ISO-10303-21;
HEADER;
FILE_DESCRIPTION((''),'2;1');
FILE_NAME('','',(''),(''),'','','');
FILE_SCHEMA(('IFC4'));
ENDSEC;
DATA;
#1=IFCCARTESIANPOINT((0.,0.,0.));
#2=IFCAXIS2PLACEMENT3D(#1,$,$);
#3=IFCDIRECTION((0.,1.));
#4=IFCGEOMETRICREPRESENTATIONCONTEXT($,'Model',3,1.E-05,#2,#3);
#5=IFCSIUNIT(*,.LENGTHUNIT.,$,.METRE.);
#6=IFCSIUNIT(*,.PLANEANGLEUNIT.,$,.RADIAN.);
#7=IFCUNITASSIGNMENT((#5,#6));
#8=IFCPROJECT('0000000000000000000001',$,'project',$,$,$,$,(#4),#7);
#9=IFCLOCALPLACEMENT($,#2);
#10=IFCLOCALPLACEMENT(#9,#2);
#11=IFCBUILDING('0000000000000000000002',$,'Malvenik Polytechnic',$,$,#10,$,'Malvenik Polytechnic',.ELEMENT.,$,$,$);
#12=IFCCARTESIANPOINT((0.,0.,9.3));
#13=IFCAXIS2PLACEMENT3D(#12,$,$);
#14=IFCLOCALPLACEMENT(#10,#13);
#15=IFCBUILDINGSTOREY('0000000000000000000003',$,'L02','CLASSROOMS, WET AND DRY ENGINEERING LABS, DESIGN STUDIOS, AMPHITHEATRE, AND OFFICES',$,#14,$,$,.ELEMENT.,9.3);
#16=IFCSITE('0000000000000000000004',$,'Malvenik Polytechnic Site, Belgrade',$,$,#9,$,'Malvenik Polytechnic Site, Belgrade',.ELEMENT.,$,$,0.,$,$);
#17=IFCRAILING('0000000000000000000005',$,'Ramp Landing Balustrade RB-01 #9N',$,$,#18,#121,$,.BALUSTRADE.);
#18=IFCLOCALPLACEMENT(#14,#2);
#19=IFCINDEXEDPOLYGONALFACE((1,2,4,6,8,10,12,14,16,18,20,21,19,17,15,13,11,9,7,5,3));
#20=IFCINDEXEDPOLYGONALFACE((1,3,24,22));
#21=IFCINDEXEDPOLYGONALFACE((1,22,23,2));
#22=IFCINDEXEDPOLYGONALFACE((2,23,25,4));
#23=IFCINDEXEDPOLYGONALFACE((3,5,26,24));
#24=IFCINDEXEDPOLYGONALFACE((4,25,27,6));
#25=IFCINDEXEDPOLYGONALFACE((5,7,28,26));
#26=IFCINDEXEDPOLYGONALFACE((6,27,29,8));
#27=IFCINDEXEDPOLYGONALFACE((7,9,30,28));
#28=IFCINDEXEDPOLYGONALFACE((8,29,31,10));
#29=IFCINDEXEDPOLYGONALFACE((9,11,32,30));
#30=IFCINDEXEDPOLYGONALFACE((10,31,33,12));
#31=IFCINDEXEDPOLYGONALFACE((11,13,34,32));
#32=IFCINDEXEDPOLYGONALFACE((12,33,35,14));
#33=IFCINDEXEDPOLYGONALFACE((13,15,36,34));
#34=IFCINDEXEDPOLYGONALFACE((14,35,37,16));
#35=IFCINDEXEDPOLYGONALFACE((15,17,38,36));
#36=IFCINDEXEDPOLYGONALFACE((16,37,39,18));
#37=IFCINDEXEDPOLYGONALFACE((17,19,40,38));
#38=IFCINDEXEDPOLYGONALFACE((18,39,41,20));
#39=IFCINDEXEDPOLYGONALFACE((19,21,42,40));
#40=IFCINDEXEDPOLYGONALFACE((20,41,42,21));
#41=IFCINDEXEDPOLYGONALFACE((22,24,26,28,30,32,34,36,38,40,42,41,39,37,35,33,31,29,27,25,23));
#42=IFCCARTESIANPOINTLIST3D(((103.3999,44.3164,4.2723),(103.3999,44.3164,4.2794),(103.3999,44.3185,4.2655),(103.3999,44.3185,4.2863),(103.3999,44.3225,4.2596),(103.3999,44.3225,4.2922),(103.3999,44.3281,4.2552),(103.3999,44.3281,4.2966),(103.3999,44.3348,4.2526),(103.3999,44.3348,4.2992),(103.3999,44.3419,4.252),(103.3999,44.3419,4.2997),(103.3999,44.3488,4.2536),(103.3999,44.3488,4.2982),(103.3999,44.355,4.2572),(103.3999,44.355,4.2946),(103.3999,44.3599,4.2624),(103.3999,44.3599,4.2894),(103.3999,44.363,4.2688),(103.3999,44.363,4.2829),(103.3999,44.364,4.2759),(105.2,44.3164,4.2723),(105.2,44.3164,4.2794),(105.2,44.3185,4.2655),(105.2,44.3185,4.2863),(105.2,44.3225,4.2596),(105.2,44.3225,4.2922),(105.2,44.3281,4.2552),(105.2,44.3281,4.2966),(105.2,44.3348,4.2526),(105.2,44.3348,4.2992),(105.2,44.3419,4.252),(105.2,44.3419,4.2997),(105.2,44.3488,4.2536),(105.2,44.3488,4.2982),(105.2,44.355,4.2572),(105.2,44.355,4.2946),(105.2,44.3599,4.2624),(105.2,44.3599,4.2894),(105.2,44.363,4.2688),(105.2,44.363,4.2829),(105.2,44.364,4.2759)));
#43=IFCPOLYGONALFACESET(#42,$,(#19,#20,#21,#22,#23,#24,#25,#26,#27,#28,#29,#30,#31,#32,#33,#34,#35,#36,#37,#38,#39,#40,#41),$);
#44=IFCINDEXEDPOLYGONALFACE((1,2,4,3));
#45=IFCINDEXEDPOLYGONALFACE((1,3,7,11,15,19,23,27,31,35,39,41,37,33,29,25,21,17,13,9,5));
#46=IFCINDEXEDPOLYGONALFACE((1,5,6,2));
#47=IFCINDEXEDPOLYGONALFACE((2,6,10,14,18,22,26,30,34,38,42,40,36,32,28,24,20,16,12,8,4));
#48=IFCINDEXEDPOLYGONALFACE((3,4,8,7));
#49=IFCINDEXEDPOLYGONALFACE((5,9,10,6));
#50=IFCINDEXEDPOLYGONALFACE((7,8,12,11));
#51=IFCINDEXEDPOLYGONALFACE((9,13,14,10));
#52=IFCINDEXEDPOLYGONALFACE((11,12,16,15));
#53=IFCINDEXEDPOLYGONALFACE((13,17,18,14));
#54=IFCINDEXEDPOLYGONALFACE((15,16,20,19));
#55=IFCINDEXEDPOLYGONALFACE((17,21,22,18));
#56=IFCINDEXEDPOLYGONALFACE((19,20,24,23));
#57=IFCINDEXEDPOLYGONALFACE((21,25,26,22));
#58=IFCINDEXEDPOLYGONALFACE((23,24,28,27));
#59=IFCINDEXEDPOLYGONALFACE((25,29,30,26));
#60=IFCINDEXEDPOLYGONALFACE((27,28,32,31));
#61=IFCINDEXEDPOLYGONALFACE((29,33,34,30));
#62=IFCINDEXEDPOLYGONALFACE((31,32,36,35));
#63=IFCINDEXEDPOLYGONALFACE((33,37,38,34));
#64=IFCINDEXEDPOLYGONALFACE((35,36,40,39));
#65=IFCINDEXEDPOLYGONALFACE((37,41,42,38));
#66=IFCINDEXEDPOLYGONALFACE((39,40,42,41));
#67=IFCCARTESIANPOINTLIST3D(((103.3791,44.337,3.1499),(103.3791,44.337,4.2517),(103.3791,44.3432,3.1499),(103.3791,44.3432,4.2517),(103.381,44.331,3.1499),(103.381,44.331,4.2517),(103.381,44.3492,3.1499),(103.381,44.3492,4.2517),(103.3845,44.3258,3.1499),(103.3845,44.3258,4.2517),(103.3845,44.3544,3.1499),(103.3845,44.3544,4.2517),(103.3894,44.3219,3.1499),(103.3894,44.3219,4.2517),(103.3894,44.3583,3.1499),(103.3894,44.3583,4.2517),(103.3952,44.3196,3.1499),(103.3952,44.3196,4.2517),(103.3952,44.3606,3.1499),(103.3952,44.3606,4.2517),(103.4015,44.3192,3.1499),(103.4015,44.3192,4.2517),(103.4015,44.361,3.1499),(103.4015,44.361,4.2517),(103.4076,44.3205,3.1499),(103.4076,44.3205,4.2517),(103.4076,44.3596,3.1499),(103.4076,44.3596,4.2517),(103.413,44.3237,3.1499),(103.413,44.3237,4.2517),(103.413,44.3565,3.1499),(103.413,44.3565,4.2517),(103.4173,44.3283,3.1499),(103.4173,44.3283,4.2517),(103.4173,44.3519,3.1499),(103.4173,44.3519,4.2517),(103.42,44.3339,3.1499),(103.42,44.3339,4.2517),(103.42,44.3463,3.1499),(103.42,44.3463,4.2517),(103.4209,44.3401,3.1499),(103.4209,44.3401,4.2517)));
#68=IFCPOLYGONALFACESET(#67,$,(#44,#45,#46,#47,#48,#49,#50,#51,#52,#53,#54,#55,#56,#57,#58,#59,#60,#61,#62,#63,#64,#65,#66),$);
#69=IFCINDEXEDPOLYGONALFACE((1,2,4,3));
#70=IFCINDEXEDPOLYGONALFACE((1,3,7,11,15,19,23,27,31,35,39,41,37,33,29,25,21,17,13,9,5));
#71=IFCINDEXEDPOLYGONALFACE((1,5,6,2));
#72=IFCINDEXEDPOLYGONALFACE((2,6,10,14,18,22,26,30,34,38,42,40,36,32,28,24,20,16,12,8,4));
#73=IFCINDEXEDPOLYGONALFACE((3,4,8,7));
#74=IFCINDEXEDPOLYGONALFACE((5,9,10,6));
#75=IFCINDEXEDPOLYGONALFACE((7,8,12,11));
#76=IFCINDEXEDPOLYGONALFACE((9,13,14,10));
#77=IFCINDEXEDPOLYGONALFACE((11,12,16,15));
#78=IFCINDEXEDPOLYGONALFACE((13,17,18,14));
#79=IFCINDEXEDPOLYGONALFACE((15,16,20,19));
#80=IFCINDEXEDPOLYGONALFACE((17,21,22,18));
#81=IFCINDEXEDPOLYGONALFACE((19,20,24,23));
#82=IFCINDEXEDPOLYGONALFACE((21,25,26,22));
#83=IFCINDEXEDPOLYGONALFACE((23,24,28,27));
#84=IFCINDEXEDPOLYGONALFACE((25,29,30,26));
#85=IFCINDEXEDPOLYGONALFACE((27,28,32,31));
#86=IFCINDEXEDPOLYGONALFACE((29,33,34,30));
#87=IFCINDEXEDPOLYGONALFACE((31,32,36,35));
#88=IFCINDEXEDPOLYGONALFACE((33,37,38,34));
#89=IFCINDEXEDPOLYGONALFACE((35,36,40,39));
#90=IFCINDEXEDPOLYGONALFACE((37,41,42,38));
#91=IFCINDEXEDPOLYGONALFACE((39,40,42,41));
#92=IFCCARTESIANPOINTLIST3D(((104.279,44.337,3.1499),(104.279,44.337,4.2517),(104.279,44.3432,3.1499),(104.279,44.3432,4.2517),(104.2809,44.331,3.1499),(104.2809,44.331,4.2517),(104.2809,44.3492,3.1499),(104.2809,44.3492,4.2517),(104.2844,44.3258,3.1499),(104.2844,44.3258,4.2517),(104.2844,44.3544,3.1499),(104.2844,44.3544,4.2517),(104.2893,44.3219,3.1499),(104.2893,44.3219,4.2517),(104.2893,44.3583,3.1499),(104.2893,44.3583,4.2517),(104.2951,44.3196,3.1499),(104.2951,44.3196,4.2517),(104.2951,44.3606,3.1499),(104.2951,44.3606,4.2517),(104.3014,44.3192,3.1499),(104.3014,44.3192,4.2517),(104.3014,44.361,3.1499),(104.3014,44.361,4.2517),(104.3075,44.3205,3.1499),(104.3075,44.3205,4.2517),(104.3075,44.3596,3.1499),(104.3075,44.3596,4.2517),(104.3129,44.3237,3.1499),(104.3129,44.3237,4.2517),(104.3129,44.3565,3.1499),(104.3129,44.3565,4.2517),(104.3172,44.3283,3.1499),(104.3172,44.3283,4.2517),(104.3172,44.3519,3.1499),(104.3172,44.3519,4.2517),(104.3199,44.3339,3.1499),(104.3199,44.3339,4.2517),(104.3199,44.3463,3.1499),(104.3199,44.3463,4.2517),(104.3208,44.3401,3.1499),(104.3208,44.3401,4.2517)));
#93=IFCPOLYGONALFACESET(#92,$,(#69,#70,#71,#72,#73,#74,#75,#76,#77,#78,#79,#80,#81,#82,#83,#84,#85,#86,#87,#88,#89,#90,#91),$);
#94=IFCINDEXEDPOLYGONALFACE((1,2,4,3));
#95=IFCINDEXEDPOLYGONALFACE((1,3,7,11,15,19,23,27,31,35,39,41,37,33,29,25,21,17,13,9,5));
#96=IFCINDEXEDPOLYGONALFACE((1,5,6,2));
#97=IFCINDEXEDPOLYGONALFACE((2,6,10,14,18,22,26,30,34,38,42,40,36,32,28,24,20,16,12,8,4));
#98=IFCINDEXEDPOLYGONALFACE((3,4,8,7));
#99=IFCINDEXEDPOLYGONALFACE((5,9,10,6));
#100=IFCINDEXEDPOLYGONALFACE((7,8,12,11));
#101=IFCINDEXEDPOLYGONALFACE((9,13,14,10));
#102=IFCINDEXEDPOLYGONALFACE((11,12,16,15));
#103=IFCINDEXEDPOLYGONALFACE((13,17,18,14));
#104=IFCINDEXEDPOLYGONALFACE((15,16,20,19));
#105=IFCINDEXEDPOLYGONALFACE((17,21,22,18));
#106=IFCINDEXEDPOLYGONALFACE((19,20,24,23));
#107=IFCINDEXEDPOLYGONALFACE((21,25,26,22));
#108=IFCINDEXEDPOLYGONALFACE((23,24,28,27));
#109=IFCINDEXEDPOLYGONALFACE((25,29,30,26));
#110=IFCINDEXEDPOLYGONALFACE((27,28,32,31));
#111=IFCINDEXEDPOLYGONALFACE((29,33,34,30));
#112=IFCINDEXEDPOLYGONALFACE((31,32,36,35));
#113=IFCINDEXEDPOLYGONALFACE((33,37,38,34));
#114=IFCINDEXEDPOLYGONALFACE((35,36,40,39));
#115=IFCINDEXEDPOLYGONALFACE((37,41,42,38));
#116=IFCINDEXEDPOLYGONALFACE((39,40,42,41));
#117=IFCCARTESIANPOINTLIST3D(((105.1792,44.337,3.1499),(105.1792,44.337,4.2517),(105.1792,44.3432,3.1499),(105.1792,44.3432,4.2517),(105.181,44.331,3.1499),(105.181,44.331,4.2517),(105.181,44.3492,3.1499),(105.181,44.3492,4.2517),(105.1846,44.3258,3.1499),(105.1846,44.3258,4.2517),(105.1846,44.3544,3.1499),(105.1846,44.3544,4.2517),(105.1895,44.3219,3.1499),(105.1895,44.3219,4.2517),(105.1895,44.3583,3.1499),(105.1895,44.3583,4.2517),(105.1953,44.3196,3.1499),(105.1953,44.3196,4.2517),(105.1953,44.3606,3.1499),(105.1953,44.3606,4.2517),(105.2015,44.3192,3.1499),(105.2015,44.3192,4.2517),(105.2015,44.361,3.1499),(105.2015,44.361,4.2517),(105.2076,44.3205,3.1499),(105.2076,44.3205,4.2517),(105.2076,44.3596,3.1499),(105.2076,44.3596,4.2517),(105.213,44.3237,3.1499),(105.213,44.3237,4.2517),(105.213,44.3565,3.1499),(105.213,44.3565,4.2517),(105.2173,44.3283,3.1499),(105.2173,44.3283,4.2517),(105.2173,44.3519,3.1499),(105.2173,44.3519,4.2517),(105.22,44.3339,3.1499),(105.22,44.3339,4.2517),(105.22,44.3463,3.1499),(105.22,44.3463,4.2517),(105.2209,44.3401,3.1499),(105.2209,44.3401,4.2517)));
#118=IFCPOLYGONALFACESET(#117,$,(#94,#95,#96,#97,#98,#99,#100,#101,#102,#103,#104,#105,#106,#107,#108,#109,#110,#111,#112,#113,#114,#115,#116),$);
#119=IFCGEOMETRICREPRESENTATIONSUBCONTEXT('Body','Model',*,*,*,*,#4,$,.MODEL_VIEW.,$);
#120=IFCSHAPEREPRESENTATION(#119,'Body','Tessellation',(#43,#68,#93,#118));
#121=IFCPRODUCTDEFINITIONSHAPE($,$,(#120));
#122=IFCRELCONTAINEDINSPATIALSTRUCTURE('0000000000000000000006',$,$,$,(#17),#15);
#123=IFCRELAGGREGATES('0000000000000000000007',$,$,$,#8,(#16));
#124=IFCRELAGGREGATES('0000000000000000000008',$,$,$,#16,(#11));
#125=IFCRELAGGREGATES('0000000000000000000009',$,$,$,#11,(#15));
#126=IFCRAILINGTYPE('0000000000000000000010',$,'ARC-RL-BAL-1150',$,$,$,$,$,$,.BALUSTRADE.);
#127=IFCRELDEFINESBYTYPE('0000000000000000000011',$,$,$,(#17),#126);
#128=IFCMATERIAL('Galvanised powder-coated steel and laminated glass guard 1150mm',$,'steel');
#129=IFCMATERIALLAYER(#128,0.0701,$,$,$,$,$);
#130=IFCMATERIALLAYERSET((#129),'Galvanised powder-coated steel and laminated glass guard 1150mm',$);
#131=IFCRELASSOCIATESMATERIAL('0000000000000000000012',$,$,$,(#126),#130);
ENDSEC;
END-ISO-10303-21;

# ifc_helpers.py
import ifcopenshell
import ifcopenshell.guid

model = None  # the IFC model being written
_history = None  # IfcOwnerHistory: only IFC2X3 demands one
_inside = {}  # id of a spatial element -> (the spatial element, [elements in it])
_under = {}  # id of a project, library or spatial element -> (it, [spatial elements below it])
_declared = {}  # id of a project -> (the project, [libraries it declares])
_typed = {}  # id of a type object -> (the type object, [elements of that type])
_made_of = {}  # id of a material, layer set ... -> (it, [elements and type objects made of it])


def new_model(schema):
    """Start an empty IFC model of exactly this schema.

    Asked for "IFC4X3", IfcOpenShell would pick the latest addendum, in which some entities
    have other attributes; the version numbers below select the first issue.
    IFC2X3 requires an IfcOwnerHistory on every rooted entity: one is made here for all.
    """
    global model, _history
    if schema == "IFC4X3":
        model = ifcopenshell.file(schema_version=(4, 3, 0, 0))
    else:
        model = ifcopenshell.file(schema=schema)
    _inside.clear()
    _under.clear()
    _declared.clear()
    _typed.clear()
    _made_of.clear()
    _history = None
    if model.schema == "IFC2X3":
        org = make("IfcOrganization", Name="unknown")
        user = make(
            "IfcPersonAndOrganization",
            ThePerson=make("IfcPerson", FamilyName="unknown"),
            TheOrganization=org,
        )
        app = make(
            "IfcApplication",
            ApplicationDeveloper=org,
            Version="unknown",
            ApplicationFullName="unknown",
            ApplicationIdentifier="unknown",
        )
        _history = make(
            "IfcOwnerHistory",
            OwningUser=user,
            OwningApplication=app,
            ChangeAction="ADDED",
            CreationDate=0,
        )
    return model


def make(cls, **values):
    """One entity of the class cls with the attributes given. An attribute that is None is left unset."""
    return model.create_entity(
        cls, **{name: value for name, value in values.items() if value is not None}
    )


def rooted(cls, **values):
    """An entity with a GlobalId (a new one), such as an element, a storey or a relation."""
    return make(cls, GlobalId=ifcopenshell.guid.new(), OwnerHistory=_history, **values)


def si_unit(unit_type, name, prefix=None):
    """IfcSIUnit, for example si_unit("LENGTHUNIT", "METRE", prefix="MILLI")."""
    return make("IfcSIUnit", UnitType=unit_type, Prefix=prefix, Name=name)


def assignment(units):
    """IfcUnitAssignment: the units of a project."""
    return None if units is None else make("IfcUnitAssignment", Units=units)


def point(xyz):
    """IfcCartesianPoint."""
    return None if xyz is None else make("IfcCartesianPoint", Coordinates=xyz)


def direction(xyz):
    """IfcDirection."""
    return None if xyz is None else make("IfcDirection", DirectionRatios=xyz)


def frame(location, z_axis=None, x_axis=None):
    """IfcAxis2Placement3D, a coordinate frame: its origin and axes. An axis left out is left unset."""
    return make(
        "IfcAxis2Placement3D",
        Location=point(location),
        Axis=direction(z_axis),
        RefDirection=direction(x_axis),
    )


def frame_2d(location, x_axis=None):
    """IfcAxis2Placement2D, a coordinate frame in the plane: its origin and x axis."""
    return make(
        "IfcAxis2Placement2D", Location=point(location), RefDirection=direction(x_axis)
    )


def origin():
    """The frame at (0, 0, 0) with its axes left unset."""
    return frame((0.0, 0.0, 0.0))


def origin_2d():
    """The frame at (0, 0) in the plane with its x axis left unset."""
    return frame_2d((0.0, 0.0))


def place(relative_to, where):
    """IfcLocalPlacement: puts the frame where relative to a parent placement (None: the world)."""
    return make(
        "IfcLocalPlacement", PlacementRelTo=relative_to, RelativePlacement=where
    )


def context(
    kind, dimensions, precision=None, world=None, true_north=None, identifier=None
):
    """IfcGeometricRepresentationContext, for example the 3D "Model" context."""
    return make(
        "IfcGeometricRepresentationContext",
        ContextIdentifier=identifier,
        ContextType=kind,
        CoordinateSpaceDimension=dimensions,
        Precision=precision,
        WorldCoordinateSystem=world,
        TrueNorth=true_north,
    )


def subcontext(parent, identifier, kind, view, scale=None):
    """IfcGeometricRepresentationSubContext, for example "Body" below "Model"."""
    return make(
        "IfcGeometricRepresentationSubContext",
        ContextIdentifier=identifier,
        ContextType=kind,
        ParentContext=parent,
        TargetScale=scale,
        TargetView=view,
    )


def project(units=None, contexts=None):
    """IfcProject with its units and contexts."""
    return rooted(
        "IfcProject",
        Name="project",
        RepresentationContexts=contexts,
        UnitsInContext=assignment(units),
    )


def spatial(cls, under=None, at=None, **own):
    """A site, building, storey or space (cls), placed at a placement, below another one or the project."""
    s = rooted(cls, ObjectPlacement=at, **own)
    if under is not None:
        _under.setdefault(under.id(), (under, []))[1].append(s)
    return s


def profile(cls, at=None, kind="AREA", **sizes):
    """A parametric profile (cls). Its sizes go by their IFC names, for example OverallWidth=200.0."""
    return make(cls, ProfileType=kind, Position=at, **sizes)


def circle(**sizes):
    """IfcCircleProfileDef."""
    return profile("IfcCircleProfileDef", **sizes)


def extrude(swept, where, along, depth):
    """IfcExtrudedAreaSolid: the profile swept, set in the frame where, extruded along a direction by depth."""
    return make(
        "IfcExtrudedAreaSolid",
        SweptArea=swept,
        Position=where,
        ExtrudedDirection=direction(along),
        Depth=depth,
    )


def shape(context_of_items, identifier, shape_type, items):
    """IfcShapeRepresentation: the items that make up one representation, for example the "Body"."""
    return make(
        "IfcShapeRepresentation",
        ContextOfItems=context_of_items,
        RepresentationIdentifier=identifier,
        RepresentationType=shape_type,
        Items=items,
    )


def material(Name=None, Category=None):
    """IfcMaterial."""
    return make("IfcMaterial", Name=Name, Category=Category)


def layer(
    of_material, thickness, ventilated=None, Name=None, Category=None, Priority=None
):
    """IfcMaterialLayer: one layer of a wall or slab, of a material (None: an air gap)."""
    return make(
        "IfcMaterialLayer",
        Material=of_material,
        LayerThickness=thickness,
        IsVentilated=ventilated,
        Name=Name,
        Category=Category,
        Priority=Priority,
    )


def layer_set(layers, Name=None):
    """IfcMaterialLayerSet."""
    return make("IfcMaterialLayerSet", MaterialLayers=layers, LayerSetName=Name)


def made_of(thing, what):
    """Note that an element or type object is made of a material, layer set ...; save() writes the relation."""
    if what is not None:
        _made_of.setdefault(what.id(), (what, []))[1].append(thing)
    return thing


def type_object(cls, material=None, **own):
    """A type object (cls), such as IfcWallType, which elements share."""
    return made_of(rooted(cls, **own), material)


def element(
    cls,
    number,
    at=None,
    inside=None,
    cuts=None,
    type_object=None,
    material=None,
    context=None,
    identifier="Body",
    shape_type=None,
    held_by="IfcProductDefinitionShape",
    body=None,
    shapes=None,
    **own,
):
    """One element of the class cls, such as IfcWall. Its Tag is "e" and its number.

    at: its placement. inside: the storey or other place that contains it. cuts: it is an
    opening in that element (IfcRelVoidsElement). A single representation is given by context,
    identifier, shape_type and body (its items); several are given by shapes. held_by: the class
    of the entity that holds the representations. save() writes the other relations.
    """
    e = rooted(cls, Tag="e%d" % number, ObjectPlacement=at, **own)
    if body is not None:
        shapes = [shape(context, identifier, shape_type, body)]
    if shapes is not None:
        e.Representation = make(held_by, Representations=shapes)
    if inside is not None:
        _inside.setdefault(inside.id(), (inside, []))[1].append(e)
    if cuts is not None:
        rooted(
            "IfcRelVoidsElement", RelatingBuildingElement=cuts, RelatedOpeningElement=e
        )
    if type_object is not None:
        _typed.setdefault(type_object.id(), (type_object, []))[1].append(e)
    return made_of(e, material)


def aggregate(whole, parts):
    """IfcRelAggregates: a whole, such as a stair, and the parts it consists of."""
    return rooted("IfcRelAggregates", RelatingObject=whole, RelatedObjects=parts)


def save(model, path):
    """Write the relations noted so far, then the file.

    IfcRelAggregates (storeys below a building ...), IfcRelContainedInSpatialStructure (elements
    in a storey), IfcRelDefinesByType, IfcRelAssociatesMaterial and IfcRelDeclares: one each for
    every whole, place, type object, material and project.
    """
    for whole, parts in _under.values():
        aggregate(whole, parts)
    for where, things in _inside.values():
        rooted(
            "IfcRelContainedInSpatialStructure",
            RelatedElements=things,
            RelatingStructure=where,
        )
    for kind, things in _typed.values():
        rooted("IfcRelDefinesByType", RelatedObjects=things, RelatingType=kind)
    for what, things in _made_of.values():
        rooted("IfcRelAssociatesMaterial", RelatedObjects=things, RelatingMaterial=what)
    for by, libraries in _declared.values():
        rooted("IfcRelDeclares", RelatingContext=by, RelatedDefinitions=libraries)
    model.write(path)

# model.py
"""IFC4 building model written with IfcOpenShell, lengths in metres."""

from ifc_helpers import new_model, si_unit, direction, frame, origin, origin_2d, place, context, subcontext, project, spatial, circle, extrude, material, layer, layer_set, type_object, element, save


model = new_model("IFC4")

# Units and contexts
model_context = context("Model", 3, precision=1e-05, world=origin(), true_north=direction((0.0, 1.0)))
body_context = subcontext(model_context, "Body", "Model", "MODEL_VIEW")
ifc_project = project(units=[si_unit("LENGTHUNIT", "METRE"), si_unit("PLANEANGLEUNIT", "RADIAN")], contexts=[model_context])

# Site, building, storey
site_placement = place(None, origin())
site = spatial("IfcSite", under=ifc_project, at=site_placement, Name="Malvenik Polytechnic Site, Belgrade", LongName="Malvenik Polytechnic Site, Belgrade", CompositionType="ELEMENT", RefElevation=0.0)
building_placement = place(site_placement, origin())
building = spatial("IfcBuilding", under=site, at=building_placement, Name="Malvenik Polytechnic", LongName="Malvenik Polytechnic", CompositionType="ELEMENT")
storey_placement = place(building_placement, frame((0.0, 0.0, 9.3)))
storey = spatial("IfcBuildingStorey", under=building, at=storey_placement, Name="L02", Description="CLASSROOMS, WET AND DRY ENGINEERING LABS, DESIGN STUDIOS, AMPHITHEATRE, AND OFFICES", CompositionType="ELEMENT", Elevation=9.3)

# Railing
ifc_material_1 = material(Name="Galvanised powder-coated steel and laminated glass guard 1150mm", Category="steel")
ifc_layer_1 = layer(ifc_material_1, 0.0701)
ifc_layer_set_1 = layer_set([ifc_layer_1], Name="Galvanised powder-coated steel and laminated glass guard 1150mm")
railing_type_1 = type_object("IfcRailingType", Name="ARC-RL-BAL-1150", PredefinedType="BALUSTRADE", material=ifc_layer_set_1)
railing_1_placement = place(storey_placement, frame((103.3999, 44.3401, 3.1499)))
element("IfcRailing", 1, at=railing_1_placement, inside=storey, type_object=railing_type_1, Name="Ramp Landing Balustrade RB-01 #9N", PredefinedType="BALUSTRADE", context=body_context, shape_type="SweptSolid", body=[
    extrude(circle(Radius=0.0239, at=origin_2d()), frame((0.0, 0.0, 1.126), z_axis=(1.0, 0.0, 0.0), x_axis=(0.0, 1.0, 0.0)), (0.0, 0.0, 1.0), 1.8),
    extrude(circle(Radius=0.021, at=origin_2d()), origin(), (0.0, 0.0, 1.0), 1.1018),
    extrude(circle(Radius=0.021, at=origin_2d()), frame((0.8999, 0.0, 0.0)), (0.0, 0.0, 1.0), 1.1018),
    extrude(circle(Radius=0.021, at=origin_2d()), frame((1.8, 0.0, 0.0)), (0.0, 0.0, 1.0), 1.1018),
])

save(model, "model.ifc")
